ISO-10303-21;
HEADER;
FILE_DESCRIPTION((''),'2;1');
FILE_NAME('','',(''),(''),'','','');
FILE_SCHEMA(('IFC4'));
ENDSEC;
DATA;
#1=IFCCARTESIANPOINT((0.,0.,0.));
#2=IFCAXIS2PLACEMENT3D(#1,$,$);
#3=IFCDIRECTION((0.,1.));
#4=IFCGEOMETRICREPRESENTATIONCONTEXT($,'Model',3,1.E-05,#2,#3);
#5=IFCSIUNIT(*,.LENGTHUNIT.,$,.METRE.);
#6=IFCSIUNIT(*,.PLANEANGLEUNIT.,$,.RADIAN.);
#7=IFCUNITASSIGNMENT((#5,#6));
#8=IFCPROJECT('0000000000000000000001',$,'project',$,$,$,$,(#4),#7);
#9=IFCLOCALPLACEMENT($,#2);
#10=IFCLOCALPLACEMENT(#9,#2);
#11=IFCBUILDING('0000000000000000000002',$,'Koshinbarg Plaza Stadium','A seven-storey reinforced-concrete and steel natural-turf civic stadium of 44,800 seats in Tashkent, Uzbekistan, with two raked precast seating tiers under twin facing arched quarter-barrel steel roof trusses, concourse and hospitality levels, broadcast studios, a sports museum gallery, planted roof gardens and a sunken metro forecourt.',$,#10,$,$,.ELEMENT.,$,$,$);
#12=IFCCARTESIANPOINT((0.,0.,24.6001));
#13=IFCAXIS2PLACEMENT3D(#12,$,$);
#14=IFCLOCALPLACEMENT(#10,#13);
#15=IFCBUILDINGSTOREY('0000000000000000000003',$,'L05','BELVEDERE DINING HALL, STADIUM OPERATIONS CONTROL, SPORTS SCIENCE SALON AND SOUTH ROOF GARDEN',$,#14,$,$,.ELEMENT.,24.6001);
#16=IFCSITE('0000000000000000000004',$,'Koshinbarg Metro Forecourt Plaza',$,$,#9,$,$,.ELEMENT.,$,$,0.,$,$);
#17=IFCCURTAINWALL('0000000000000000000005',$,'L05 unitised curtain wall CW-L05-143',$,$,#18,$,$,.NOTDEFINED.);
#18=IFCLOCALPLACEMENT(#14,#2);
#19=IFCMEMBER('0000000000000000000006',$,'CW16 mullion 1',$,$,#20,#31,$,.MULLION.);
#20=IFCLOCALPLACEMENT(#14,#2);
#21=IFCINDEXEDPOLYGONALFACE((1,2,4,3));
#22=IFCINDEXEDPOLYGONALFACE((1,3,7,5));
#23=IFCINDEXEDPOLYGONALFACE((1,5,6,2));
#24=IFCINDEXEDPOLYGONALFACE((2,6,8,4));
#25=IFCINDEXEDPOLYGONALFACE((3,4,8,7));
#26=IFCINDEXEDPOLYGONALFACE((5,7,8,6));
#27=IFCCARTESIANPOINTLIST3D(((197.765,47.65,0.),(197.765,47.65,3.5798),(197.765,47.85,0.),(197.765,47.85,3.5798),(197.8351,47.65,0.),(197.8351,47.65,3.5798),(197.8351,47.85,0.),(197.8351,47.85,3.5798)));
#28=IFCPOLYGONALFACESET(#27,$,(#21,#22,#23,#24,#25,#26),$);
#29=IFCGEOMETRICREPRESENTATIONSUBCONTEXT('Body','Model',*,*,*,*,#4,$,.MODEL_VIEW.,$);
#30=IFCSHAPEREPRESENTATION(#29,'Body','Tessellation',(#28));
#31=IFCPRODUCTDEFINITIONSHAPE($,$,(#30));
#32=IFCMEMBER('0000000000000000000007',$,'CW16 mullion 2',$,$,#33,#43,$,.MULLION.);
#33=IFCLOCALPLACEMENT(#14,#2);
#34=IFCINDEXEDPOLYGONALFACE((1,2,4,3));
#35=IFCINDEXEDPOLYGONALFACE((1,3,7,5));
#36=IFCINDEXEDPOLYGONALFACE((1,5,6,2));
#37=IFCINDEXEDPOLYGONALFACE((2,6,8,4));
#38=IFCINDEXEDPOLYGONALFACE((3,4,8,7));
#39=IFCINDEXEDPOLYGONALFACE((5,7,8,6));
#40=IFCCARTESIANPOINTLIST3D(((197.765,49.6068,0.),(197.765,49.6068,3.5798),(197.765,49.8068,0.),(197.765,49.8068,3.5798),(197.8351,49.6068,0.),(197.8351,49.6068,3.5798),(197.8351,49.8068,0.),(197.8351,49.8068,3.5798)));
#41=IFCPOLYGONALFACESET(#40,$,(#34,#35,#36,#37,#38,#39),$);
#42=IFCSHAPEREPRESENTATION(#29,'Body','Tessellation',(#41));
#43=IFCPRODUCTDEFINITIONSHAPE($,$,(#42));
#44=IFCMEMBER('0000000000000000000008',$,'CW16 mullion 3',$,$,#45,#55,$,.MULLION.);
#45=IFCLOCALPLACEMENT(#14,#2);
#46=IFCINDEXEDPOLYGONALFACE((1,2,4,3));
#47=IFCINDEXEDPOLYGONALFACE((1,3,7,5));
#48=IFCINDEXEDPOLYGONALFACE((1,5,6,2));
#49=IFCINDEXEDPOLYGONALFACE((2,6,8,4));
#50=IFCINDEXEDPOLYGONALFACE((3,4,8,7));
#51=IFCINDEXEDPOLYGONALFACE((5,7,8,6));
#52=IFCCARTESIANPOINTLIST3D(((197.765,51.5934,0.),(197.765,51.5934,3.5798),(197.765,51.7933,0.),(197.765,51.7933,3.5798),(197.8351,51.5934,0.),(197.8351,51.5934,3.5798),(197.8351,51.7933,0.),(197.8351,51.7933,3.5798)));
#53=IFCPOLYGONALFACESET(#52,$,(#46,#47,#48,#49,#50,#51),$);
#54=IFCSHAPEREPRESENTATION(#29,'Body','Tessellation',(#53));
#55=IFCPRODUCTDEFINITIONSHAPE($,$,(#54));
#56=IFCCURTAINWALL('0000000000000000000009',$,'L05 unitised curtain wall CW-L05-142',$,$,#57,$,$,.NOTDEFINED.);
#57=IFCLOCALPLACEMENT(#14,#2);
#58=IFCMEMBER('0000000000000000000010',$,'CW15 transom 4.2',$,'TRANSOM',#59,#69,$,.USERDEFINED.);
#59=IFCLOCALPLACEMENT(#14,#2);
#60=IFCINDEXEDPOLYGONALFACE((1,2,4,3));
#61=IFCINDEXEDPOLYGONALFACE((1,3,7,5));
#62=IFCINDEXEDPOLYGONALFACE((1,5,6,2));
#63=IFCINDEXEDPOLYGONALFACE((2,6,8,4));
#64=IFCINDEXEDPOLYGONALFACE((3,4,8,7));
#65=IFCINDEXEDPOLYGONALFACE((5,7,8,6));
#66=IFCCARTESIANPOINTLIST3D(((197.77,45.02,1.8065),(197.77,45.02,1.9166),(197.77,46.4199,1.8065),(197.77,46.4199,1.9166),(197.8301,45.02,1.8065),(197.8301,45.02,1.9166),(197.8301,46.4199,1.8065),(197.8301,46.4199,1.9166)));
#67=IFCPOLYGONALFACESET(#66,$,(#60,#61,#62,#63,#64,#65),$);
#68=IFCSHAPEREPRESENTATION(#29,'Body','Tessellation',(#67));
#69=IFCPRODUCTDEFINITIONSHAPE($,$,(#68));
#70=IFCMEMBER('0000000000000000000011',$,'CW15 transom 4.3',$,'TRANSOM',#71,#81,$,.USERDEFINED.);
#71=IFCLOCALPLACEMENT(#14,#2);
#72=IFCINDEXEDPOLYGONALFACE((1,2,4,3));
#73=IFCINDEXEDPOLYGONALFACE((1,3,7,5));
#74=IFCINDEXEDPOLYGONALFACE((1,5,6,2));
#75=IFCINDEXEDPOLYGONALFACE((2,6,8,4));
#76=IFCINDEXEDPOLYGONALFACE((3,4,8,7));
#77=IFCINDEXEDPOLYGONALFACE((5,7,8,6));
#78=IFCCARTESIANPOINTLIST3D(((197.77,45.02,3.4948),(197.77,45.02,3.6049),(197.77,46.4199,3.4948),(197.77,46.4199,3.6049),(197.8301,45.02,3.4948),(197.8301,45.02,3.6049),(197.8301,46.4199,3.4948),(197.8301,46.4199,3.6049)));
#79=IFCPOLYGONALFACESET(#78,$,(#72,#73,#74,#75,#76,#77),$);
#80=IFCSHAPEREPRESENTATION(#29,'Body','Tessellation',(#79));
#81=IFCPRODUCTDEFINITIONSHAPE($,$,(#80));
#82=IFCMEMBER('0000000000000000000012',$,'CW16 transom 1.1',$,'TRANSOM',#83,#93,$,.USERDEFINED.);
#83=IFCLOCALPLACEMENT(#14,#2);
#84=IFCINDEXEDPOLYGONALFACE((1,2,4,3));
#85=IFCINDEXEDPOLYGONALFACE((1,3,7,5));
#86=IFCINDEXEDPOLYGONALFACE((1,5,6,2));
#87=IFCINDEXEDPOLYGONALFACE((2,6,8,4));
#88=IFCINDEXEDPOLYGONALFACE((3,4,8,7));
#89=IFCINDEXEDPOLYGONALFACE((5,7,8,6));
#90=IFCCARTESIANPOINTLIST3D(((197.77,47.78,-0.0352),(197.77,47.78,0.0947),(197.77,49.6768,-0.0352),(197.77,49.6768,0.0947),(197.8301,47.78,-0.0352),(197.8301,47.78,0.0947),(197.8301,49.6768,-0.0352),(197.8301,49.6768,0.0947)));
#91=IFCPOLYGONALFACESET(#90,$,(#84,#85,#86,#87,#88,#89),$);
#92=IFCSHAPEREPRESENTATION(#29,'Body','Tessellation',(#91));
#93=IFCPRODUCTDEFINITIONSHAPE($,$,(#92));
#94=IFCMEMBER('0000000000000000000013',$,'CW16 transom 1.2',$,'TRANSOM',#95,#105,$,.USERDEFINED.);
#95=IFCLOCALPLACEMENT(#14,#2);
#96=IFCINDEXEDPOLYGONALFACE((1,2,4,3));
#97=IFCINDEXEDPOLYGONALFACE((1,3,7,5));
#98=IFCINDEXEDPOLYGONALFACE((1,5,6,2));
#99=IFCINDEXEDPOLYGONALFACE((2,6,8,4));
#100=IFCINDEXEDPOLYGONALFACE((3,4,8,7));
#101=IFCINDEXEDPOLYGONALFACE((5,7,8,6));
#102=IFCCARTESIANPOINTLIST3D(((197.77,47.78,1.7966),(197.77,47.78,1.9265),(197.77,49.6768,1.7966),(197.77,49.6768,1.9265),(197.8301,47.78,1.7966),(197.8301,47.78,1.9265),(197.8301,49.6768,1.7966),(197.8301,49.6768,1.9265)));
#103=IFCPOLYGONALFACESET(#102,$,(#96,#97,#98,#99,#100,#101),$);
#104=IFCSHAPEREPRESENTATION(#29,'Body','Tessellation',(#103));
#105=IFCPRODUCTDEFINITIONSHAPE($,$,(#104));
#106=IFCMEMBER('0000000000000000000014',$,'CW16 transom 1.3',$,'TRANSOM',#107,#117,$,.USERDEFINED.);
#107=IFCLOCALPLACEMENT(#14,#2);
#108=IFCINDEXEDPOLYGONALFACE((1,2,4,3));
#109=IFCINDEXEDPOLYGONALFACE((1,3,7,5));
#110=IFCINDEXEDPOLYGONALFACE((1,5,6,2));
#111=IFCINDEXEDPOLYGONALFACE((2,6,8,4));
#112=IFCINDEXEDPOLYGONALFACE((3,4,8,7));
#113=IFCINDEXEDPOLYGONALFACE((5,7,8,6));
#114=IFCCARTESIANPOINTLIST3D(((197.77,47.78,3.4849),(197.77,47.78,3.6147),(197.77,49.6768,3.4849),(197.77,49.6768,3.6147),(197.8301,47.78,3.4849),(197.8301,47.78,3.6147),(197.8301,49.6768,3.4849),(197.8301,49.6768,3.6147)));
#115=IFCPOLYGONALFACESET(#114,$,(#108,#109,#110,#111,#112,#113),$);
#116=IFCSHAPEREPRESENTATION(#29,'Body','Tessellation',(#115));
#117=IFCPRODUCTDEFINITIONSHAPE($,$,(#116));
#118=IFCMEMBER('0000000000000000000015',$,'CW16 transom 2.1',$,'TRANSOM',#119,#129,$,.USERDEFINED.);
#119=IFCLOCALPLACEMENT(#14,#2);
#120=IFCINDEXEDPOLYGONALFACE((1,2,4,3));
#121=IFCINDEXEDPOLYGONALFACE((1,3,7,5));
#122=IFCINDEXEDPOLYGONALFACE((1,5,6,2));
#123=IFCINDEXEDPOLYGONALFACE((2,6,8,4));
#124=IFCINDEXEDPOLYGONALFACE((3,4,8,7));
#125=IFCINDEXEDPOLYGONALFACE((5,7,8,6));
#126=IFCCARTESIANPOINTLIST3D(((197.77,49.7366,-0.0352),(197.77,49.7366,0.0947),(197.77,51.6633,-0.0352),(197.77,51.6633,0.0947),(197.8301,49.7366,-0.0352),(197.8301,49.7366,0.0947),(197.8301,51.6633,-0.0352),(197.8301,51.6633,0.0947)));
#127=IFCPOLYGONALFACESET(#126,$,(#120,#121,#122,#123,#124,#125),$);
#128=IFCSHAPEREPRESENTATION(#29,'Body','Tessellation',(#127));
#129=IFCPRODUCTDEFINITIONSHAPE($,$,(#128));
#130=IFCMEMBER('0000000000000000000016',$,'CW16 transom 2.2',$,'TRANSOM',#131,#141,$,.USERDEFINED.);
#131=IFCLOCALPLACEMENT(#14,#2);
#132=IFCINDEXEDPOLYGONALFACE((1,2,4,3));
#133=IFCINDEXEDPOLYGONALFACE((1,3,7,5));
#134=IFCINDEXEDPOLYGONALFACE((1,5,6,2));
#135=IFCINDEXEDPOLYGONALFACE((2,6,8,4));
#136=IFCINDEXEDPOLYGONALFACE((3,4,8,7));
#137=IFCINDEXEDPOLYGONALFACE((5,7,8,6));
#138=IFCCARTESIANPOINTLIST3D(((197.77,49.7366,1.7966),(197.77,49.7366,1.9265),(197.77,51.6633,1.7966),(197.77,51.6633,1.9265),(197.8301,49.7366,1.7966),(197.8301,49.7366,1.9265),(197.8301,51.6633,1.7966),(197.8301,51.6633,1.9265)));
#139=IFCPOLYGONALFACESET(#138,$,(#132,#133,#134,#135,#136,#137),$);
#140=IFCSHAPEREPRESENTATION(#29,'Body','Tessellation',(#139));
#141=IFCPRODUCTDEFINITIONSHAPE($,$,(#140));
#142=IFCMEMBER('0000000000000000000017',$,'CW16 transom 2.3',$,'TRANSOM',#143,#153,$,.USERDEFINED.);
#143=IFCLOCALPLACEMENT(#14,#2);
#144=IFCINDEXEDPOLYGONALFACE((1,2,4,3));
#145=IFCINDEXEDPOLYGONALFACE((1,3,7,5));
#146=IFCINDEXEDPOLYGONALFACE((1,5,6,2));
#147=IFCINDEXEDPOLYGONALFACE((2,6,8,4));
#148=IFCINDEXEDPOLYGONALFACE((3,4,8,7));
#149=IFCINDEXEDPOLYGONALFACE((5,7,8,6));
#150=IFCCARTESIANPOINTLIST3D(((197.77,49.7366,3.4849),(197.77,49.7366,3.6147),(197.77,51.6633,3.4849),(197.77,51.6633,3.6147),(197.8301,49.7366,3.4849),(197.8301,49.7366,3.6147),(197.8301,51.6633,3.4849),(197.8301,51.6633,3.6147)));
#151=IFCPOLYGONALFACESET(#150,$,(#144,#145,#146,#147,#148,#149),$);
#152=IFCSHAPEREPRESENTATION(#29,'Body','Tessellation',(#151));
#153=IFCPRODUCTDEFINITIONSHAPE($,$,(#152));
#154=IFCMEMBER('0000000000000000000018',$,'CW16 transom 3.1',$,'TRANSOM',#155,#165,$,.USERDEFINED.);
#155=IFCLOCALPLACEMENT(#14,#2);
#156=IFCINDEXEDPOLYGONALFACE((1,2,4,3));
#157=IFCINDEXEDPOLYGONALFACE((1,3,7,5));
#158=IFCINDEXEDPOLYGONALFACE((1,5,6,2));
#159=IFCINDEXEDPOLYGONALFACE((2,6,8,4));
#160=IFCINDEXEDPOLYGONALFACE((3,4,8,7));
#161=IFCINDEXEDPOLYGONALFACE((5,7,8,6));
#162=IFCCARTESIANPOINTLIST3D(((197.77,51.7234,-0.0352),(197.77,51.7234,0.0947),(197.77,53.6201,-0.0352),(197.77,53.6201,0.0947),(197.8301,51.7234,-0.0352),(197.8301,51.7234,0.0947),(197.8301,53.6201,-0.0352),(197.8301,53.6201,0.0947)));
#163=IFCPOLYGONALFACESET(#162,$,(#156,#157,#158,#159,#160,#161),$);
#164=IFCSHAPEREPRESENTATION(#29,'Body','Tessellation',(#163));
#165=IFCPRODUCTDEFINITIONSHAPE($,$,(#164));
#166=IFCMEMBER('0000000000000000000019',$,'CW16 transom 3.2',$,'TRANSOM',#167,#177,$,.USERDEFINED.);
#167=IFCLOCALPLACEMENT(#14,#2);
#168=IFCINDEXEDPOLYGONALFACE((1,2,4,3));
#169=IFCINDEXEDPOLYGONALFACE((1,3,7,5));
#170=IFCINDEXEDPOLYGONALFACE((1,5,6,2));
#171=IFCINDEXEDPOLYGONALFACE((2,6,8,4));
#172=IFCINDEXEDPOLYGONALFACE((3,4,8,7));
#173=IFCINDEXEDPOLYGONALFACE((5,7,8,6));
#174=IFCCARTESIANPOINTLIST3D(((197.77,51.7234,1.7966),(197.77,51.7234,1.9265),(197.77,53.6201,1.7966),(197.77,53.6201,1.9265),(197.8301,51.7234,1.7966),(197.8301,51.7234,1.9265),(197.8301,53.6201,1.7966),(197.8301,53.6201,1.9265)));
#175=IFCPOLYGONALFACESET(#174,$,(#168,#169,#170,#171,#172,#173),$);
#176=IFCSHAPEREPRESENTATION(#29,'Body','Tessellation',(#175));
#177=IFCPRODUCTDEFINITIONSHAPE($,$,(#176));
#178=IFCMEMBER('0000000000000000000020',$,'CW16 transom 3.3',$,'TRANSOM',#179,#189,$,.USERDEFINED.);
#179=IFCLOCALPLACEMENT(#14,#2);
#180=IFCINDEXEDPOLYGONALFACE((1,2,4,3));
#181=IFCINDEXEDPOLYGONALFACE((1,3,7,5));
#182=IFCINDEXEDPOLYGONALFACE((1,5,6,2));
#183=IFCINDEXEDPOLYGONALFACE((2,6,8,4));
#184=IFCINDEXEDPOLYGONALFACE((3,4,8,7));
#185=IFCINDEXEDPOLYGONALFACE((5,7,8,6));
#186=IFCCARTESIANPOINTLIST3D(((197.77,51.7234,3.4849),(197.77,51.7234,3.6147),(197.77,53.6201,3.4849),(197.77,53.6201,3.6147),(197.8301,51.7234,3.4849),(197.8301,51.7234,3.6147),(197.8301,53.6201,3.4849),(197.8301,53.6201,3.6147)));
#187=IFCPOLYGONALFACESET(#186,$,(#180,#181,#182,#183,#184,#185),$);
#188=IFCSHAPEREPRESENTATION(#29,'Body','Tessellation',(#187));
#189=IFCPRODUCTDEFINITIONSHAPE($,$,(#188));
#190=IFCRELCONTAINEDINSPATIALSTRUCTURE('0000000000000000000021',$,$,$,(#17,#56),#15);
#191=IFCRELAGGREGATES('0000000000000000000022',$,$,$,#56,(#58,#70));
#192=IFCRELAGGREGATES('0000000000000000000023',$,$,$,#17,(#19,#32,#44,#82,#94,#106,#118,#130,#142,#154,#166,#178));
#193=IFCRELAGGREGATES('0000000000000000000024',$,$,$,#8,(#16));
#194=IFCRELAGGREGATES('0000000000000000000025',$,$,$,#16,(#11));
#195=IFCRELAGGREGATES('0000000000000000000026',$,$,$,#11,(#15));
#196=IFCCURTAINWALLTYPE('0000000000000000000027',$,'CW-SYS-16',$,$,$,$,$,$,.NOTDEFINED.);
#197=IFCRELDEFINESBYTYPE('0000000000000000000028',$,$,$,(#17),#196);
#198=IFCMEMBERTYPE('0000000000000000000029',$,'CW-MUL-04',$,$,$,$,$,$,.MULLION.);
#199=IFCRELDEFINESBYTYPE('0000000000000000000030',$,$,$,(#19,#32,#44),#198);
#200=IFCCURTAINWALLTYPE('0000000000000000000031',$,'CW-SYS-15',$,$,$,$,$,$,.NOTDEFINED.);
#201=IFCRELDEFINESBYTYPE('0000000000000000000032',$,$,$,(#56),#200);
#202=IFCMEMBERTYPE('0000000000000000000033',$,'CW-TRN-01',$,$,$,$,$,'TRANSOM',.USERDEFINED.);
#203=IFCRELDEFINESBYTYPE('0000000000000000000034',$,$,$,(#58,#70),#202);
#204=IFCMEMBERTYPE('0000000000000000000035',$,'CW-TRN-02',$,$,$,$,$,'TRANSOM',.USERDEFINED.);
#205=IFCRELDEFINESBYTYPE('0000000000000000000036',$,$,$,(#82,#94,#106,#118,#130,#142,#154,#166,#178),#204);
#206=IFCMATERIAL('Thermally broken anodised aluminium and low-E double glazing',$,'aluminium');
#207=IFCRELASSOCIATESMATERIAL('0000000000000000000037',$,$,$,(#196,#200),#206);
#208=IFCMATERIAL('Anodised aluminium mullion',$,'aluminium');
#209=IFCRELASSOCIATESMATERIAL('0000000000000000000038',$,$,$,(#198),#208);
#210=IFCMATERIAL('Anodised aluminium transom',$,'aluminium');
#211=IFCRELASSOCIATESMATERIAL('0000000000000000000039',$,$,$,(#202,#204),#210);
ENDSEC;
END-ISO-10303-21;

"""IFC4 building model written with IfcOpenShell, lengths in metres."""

from ifc_helpers import new_model, si_unit, direction, frame, origin, origin_2d, place, context, subcontext, project, spatial, rectangle, extrude, material, material_profile, profile_set, type_object, element, aggregate, save


model = new_model("IFC4")

# Units and contexts
model_context = context("Model", 3, precision=1e-05, world=origin(), true_north=direction((0.0, 1.0)))
body_context = subcontext(model_context, "Body", "Model", "MODEL_VIEW")
ifc_project = project(units=[si_unit("LENGTHUNIT", "METRE"), si_unit("PLANEANGLEUNIT", "RADIAN")], contexts=[model_context])

# Site, building, storey
site_placement = place(None, origin())
site = spatial("IfcSite", under=ifc_project, at=site_placement, Name="Koshinbarg Metro Forecourt Plaza", CompositionType="ELEMENT", RefElevation=0.0)
building_placement = place(site_placement, origin())
building = spatial("IfcBuilding", under=site, at=building_placement, Name="Koshinbarg Plaza Stadium", Description="A seven-storey reinforced-concrete and steel natural-turf civic stadium of 44,800 seats in Tashkent, Uzbekistan, with two raked precast seating tiers under twin facing arched quarter-barrel steel roof trusses, concourse and hospitality levels, broadcast studios, a sports museum gallery, planted roof gardens and a sunken metro forecourt.", CompositionType="ELEMENT")
storey_placement = place(building_placement, frame((0.0, 0.0, 24.6001)))
storey = spatial("IfcBuildingStorey", under=building, at=storey_placement, Name="L05", Description="BELVEDERE DINING HALL, STADIUM OPERATIONS CONTROL, SPORTS SCIENCE SALON AND SOUTH ROOF GARDEN", CompositionType="ELEMENT", Elevation=24.6001)

# Curtain walls, members
ifc_material_1 = material(Name="Thermally broken anodised aluminium and low-E double glazing", Category="aluminium")
curtain_wall_type_1 = type_object("IfcCurtainWallType", Name="CW-SYS-16", PredefinedType="NOTDEFINED", material=ifc_material_1)
curtain_wall_1_placement = place(storey_placement, origin())
curtain_wall_1 = element("IfcCurtainWall", 1, at=curtain_wall_1_placement, inside=storey, type_object=curtain_wall_type_1, Name="L05 unitised curtain wall CW-L05-143", PredefinedType="NOTDEFINED")
ifc_material_2 = material(Name="Anodised aluminium mullion", Category="aluminium")
ifc_material_profile_1 = material_profile(ifc_material_2, rectangle(XDim=0.0701, YDim=0.2, at=origin_2d()), Name="ALU 70x200")
ifc_profile_set_1 = profile_set([ifc_material_profile_1], Name="Anodised aluminium mullion")
member_type_1 = type_object("IfcMemberType", Name="CW-MUL-04", PredefinedType="MULLION", material=ifc_profile_set_1)
member_1_placement = place(storey_placement, frame((197.8, 47.75, 0.0), z_axis=(0.0, 0.0, 1.0), x_axis=(-1.0, 0.0, 0.0)))
member_1 = element("IfcMember", 2, at=member_1_placement, type_object=member_type_1, Name="CW16 mullion 1", PredefinedType="MULLION", context=body_context, shape_type="SweptSolid", body=[
    extrude(rectangle(XDim=0.0701, YDim=0.2, at=origin_2d()), origin(), (0.0, 0.0, 1.0), 3.5798),
])
member_2_placement = place(storey_placement, frame((197.8, 49.7068, 0.0), z_axis=(0.0, 0.0, 1.0), x_axis=(-1.0, 0.0, 0.0)))
member_2 = element("IfcMember", 3, at=member_2_placement, type_object=member_type_1, Name="CW16 mullion 2", PredefinedType="MULLION", context=body_context, shape_type="SweptSolid", body=[
    extrude(rectangle(XDim=0.0701, YDim=0.2, at=origin_2d()), origin(), (0.0, 0.0, 1.0), 3.5798),
])
member_3_placement = place(storey_placement, frame((197.8, 51.6934, 0.0), z_axis=(0.0, 0.0, 1.0), x_axis=(-1.0, 0.0, 0.0)))
member_3 = element("IfcMember", 4, at=member_3_placement, type_object=member_type_1, Name="CW16 mullion 3", PredefinedType="MULLION", context=body_context, shape_type="SweptSolid", body=[
    extrude(rectangle(XDim=0.0701, YDim=0.2, at=origin_2d()), origin(), (0.0, 0.0, 1.0), 3.5798),
])
curtain_wall_type_2 = type_object("IfcCurtainWallType", Name="CW-SYS-15", PredefinedType="NOTDEFINED", material=ifc_material_1)
curtain_wall_2_placement = place(storey_placement, origin())
curtain_wall_2 = element("IfcCurtainWall", 5, at=curtain_wall_2_placement, inside=storey, type_object=curtain_wall_type_2, Name="L05 unitised curtain wall CW-L05-142", PredefinedType="NOTDEFINED")
ifc_material_3 = material(Name="Anodised aluminium transom", Category="aluminium")
ifc_material_profile_2 = material_profile(ifc_material_3, rectangle(XDim=0.0601, YDim=0.1101, at=origin_2d()), Name="ALU 60x110")
ifc_profile_set_2 = profile_set([ifc_material_profile_2], Name="Anodised aluminium transom")
member_type_2 = type_object("IfcMemberType", Name="CW-TRN-01", ElementType="TRANSOM", PredefinedType="USERDEFINED", material=ifc_profile_set_2)
member_4_placement = place(storey_placement, frame((197.8, 45.02, 1.8616), z_axis=(0.0, 1.0, 0.0), x_axis=(-1.0, 0.0, 0.0)))
member_4 = element("IfcMember", 6, at=member_4_placement, type_object=member_type_2, Name="CW15 transom 4.2", ObjectType="TRANSOM", PredefinedType="USERDEFINED", context=body_context, shape_type="SweptSolid", body=[
    extrude(rectangle(XDim=0.0601, YDim=0.1101, at=origin_2d()), origin(), (0.0, 0.0, 1.0), 1.3999),
])
member_5_placement = place(storey_placement, frame((197.8, 45.02, 3.5498), z_axis=(0.0, 1.0, 0.0), x_axis=(-1.0, 0.0, 0.0)))
member_5 = element("IfcMember", 7, at=member_5_placement, type_object=member_type_2, Name="CW15 transom 4.3", ObjectType="TRANSOM", PredefinedType="USERDEFINED", context=body_context, shape_type="SweptSolid", body=[
    extrude(rectangle(XDim=0.0601, YDim=0.1101, at=origin_2d()), origin(), (0.0, 0.0, 1.0), 1.3999),
])

# Members
ifc_material_profile_3 = material_profile(ifc_material_3, rectangle(XDim=0.0601, YDim=0.1299, at=origin_2d()), Name="ALU 60x130")
ifc_profile_set_3 = profile_set([ifc_material_profile_3], Name="Anodised aluminium transom")
member_type_3 = type_object("IfcMemberType", Name="CW-TRN-02", ElementType="TRANSOM", PredefinedType="USERDEFINED", material=ifc_profile_set_3)
member_6_placement = place(storey_placement, frame((197.8, 47.78, 0.0298), z_axis=(0.0, 1.0, 0.0), x_axis=(-1.0, 0.0, 0.0)))
member_6 = element("IfcMember", 8, at=member_6_placement, type_object=member_type_3, Name="CW16 transom 1.1", ObjectType="TRANSOM", PredefinedType="USERDEFINED", context=body_context, shape_type="SweptSolid", body=[
    extrude(rectangle(XDim=0.0601, YDim=0.1299, at=origin_2d()), origin(), (0.0, 0.0, 1.0), 1.8967),
])
member_7_placement = place(storey_placement, frame((197.8, 47.78, 1.8616), z_axis=(0.0, 1.0, 0.0), x_axis=(-1.0, 0.0, 0.0)))
member_7 = element("IfcMember", 9, at=member_7_placement, type_object=member_type_3, Name="CW16 transom 1.2", ObjectType="TRANSOM", PredefinedType="USERDEFINED", context=body_context, shape_type="SweptSolid", body=[
    extrude(rectangle(XDim=0.0601, YDim=0.1299, at=origin_2d()), origin(), (0.0, 0.0, 1.0), 1.8967),
])
member_8_placement = place(storey_placement, frame((197.8, 47.78, 3.5498), z_axis=(0.0, 1.0, 0.0), x_axis=(-1.0, 0.0, 0.0)))
member_8 = element("IfcMember", 10, at=member_8_placement, type_object=member_type_3, Name="CW16 transom 1.3", ObjectType="TRANSOM", PredefinedType="USERDEFINED", context=body_context, shape_type="SweptSolid", body=[
    extrude(rectangle(XDim=0.0601, YDim=0.1299, at=origin_2d()), origin(), (0.0, 0.0, 1.0), 1.8967),
])
member_9_placement = place(storey_placement, frame((197.8, 49.7366, 0.0298), z_axis=(0.0, 1.0, 0.0), x_axis=(-1.0, 0.0, 0.0)))
member_9 = element("IfcMember", 11, at=member_9_placement, type_object=member_type_3, Name="CW16 transom 2.1", ObjectType="TRANSOM", PredefinedType="USERDEFINED", context=body_context, shape_type="SweptSolid", body=[
    extrude(rectangle(XDim=0.0601, YDim=0.1299, at=origin_2d()), origin(), (0.0, 0.0, 1.0), 1.9268),
])
member_10_placement = place(storey_placement, frame((197.8, 49.7366, 1.8616), z_axis=(0.0, 1.0, 0.0), x_axis=(-1.0, 0.0, 0.0)))
member_10 = element("IfcMember", 12, at=member_10_placement, type_object=member_type_3, Name="CW16 transom 2.2", ObjectType="TRANSOM", PredefinedType="USERDEFINED", context=body_context, shape_type="SweptSolid", body=[
    extrude(rectangle(XDim=0.0601, YDim=0.1299, at=origin_2d()), origin(), (0.0, 0.0, 1.0), 1.9268),
])
member_11_placement = place(storey_placement, frame((197.8, 49.7366, 3.5498), z_axis=(0.0, 1.0, 0.0), x_axis=(-1.0, 0.0, 0.0)))
member_11 = element("IfcMember", 13, at=member_11_placement, type_object=member_type_3, Name="CW16 transom 2.3", ObjectType="TRANSOM", PredefinedType="USERDEFINED", context=body_context, shape_type="SweptSolid", body=[
    extrude(rectangle(XDim=0.0601, YDim=0.1299, at=origin_2d()), origin(), (0.0, 0.0, 1.0), 1.9268),
])
member_12_placement = place(storey_placement, frame((197.8, 51.7234, 0.0298), z_axis=(0.0, 1.0, 0.0), x_axis=(-1.0, 0.0, 0.0)))
member_12 = element("IfcMember", 14, at=member_12_placement, type_object=member_type_3, Name="CW16 transom 3.1", ObjectType="TRANSOM", PredefinedType="USERDEFINED", context=body_context, shape_type="SweptSolid", body=[
    extrude(rectangle(XDim=0.0601, YDim=0.1299, at=origin_2d()), origin(), (0.0, 0.0, 1.0), 1.8967),
])
member_13_placement = place(storey_placement, frame((197.8, 51.7234, 1.8616), z_axis=(0.0, 1.0, 0.0), x_axis=(-1.0, 0.0, 0.0)))
member_13 = element("IfcMember", 15, at=member_13_placement, type_object=member_type_3, Name="CW16 transom 3.2", ObjectType="TRANSOM", PredefinedType="USERDEFINED", context=body_context, shape_type="SweptSolid", body=[
    extrude(rectangle(XDim=0.0601, YDim=0.1299, at=origin_2d()), origin(), (0.0, 0.0, 1.0), 1.8967),
])
member_14_placement = place(storey_placement, frame((197.8, 51.7234, 3.5498), z_axis=(0.0, 1.0, 0.0), x_axis=(-1.0, 0.0, 0.0)))
member_14 = element("IfcMember", 16, at=member_14_placement, type_object=member_type_3, Name="CW16 transom 3.3", ObjectType="TRANSOM", PredefinedType="USERDEFINED", context=body_context, shape_type="SweptSolid", body=[
    extrude(rectangle(XDim=0.0601, YDim=0.1299, at=origin_2d()), origin(), (0.0, 0.0, 1.0), 1.8967),
])

aggregate(curtain_wall_2, [member_4, member_5])
aggregate(curtain_wall_1, [member_1, member_2, member_3, member_6, member_7, member_8, member_9, member_10, member_11, member_12, member_13, member_14])

save(model, "model.ifc")
